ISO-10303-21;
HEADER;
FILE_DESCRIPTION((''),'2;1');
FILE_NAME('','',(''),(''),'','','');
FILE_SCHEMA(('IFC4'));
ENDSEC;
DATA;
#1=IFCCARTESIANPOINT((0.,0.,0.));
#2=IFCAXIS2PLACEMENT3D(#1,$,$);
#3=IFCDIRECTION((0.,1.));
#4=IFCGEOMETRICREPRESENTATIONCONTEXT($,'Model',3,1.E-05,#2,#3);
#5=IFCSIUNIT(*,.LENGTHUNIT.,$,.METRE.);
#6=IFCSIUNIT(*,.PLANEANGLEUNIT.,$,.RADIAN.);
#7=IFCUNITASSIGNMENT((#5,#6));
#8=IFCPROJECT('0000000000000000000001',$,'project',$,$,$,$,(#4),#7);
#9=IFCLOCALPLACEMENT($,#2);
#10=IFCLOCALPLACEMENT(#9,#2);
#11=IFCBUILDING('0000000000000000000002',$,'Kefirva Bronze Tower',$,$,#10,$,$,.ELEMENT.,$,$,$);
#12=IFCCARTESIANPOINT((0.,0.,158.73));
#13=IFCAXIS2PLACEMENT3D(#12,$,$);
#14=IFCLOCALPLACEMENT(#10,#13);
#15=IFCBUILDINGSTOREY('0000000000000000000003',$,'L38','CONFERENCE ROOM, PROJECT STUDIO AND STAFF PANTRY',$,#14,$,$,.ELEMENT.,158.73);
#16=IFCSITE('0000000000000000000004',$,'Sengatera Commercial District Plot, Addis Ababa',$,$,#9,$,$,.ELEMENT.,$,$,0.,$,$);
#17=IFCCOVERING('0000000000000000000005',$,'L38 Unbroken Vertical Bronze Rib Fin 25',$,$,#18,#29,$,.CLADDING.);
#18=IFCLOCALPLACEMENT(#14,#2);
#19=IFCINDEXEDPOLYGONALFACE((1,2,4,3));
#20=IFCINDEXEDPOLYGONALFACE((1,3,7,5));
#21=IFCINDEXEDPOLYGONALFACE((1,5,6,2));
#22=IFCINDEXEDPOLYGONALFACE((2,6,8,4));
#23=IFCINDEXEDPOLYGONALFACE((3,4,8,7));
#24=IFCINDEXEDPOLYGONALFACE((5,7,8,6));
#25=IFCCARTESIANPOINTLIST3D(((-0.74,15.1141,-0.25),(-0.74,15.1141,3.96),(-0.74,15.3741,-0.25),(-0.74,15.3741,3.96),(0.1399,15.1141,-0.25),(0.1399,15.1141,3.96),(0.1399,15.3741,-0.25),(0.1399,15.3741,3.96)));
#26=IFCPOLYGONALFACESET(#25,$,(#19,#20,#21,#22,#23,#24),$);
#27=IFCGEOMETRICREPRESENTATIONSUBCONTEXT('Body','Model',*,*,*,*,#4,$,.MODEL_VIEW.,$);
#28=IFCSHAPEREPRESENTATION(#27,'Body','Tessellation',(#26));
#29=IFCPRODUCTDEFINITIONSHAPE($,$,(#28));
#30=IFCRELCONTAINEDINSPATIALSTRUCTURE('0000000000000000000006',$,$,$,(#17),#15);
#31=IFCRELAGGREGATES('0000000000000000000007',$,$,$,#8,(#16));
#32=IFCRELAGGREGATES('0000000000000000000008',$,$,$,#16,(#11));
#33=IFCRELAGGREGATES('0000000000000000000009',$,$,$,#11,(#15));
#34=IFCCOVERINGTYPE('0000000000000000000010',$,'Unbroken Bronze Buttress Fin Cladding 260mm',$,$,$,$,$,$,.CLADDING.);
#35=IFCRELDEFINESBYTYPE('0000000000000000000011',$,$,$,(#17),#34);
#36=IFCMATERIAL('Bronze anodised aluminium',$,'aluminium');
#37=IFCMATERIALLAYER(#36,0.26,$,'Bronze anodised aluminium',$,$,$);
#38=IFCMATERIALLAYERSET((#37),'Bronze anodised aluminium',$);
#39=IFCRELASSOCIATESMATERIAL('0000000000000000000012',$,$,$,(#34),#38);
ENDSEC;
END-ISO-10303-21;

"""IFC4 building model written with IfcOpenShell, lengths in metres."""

from ifc_helpers import new_model, si_unit, direction, frame, origin, origin_2d, place, context, subcontext, project, spatial, rectangle, extrude, material, layer, layer_set, type_object, element, save


model = new_model("IFC4")

# Units and contexts
model_context = context("Model", 3, precision=1e-05, world=origin(), true_north=direction((0.0, 1.0)))
body_context = subcontext(model_context, "Body", "Model", "MODEL_VIEW")
ifc_project = project(units=[si_unit("LENGTHUNIT", "METRE"), si_unit("PLANEANGLEUNIT", "RADIAN")], contexts=[model_context])

# Site, building, storey
site_placement = place(None, origin())
site = spatial("IfcSite", under=ifc_project, at=site_placement, Name="Sengatera Commercial District Plot, Addis Ababa", CompositionType="ELEMENT", RefElevation=0.0)
building_placement = place(site_placement, origin())
building = spatial("IfcBuilding", under=site, at=building_placement, Name="Kefirva Bronze Tower", CompositionType="ELEMENT")
storey_placement = place(building_placement, frame((0.0, 0.0, 158.73)))
storey = spatial("IfcBuildingStorey", under=building, at=storey_placement, Name="L38", Description="CONFERENCE ROOM, PROJECT STUDIO AND STAFF PANTRY", CompositionType="ELEMENT", Elevation=158.73)

# Shared definitions
ifc_material_1 = material(Name="Bronze anodised aluminium", Category="aluminium")

# Covering
ifc_layer_1 = layer(ifc_material_1, 0.26, Name="Bronze anodised aluminium")
ifc_layer_set_1 = layer_set([ifc_layer_1], Name="Bronze anodised aluminium")
covering_type_1 = type_object("IfcCoveringType", Name="Unbroken Bronze Buttress Fin Cladding 260mm", PredefinedType="CLADDING", material=ifc_layer_set_1)
for number, where, z_axis, x_axis, name in (
    (1, (-0.3, 15.2441, -0.25), (0.0, 0.0, 1.0), (0.0, -1.0, 0.0), "L38 Unbroken Vertical Bronze Rib Fin 25"),
):
    element("IfcCovering", number, at=place(storey_placement, frame(where, z_axis=z_axis, x_axis=x_axis)), inside=storey, type_object=covering_type_1, Name=name, PredefinedType="CLADDING", context=body_context, shape_type="SweptSolid", body=[
        extrude(rectangle(XDim=0.26, YDim=0.8799, at=origin_2d()), origin(), (0.0, 0.0, 1.0), 4.21),
    ])

save(model, "model.ifc")
